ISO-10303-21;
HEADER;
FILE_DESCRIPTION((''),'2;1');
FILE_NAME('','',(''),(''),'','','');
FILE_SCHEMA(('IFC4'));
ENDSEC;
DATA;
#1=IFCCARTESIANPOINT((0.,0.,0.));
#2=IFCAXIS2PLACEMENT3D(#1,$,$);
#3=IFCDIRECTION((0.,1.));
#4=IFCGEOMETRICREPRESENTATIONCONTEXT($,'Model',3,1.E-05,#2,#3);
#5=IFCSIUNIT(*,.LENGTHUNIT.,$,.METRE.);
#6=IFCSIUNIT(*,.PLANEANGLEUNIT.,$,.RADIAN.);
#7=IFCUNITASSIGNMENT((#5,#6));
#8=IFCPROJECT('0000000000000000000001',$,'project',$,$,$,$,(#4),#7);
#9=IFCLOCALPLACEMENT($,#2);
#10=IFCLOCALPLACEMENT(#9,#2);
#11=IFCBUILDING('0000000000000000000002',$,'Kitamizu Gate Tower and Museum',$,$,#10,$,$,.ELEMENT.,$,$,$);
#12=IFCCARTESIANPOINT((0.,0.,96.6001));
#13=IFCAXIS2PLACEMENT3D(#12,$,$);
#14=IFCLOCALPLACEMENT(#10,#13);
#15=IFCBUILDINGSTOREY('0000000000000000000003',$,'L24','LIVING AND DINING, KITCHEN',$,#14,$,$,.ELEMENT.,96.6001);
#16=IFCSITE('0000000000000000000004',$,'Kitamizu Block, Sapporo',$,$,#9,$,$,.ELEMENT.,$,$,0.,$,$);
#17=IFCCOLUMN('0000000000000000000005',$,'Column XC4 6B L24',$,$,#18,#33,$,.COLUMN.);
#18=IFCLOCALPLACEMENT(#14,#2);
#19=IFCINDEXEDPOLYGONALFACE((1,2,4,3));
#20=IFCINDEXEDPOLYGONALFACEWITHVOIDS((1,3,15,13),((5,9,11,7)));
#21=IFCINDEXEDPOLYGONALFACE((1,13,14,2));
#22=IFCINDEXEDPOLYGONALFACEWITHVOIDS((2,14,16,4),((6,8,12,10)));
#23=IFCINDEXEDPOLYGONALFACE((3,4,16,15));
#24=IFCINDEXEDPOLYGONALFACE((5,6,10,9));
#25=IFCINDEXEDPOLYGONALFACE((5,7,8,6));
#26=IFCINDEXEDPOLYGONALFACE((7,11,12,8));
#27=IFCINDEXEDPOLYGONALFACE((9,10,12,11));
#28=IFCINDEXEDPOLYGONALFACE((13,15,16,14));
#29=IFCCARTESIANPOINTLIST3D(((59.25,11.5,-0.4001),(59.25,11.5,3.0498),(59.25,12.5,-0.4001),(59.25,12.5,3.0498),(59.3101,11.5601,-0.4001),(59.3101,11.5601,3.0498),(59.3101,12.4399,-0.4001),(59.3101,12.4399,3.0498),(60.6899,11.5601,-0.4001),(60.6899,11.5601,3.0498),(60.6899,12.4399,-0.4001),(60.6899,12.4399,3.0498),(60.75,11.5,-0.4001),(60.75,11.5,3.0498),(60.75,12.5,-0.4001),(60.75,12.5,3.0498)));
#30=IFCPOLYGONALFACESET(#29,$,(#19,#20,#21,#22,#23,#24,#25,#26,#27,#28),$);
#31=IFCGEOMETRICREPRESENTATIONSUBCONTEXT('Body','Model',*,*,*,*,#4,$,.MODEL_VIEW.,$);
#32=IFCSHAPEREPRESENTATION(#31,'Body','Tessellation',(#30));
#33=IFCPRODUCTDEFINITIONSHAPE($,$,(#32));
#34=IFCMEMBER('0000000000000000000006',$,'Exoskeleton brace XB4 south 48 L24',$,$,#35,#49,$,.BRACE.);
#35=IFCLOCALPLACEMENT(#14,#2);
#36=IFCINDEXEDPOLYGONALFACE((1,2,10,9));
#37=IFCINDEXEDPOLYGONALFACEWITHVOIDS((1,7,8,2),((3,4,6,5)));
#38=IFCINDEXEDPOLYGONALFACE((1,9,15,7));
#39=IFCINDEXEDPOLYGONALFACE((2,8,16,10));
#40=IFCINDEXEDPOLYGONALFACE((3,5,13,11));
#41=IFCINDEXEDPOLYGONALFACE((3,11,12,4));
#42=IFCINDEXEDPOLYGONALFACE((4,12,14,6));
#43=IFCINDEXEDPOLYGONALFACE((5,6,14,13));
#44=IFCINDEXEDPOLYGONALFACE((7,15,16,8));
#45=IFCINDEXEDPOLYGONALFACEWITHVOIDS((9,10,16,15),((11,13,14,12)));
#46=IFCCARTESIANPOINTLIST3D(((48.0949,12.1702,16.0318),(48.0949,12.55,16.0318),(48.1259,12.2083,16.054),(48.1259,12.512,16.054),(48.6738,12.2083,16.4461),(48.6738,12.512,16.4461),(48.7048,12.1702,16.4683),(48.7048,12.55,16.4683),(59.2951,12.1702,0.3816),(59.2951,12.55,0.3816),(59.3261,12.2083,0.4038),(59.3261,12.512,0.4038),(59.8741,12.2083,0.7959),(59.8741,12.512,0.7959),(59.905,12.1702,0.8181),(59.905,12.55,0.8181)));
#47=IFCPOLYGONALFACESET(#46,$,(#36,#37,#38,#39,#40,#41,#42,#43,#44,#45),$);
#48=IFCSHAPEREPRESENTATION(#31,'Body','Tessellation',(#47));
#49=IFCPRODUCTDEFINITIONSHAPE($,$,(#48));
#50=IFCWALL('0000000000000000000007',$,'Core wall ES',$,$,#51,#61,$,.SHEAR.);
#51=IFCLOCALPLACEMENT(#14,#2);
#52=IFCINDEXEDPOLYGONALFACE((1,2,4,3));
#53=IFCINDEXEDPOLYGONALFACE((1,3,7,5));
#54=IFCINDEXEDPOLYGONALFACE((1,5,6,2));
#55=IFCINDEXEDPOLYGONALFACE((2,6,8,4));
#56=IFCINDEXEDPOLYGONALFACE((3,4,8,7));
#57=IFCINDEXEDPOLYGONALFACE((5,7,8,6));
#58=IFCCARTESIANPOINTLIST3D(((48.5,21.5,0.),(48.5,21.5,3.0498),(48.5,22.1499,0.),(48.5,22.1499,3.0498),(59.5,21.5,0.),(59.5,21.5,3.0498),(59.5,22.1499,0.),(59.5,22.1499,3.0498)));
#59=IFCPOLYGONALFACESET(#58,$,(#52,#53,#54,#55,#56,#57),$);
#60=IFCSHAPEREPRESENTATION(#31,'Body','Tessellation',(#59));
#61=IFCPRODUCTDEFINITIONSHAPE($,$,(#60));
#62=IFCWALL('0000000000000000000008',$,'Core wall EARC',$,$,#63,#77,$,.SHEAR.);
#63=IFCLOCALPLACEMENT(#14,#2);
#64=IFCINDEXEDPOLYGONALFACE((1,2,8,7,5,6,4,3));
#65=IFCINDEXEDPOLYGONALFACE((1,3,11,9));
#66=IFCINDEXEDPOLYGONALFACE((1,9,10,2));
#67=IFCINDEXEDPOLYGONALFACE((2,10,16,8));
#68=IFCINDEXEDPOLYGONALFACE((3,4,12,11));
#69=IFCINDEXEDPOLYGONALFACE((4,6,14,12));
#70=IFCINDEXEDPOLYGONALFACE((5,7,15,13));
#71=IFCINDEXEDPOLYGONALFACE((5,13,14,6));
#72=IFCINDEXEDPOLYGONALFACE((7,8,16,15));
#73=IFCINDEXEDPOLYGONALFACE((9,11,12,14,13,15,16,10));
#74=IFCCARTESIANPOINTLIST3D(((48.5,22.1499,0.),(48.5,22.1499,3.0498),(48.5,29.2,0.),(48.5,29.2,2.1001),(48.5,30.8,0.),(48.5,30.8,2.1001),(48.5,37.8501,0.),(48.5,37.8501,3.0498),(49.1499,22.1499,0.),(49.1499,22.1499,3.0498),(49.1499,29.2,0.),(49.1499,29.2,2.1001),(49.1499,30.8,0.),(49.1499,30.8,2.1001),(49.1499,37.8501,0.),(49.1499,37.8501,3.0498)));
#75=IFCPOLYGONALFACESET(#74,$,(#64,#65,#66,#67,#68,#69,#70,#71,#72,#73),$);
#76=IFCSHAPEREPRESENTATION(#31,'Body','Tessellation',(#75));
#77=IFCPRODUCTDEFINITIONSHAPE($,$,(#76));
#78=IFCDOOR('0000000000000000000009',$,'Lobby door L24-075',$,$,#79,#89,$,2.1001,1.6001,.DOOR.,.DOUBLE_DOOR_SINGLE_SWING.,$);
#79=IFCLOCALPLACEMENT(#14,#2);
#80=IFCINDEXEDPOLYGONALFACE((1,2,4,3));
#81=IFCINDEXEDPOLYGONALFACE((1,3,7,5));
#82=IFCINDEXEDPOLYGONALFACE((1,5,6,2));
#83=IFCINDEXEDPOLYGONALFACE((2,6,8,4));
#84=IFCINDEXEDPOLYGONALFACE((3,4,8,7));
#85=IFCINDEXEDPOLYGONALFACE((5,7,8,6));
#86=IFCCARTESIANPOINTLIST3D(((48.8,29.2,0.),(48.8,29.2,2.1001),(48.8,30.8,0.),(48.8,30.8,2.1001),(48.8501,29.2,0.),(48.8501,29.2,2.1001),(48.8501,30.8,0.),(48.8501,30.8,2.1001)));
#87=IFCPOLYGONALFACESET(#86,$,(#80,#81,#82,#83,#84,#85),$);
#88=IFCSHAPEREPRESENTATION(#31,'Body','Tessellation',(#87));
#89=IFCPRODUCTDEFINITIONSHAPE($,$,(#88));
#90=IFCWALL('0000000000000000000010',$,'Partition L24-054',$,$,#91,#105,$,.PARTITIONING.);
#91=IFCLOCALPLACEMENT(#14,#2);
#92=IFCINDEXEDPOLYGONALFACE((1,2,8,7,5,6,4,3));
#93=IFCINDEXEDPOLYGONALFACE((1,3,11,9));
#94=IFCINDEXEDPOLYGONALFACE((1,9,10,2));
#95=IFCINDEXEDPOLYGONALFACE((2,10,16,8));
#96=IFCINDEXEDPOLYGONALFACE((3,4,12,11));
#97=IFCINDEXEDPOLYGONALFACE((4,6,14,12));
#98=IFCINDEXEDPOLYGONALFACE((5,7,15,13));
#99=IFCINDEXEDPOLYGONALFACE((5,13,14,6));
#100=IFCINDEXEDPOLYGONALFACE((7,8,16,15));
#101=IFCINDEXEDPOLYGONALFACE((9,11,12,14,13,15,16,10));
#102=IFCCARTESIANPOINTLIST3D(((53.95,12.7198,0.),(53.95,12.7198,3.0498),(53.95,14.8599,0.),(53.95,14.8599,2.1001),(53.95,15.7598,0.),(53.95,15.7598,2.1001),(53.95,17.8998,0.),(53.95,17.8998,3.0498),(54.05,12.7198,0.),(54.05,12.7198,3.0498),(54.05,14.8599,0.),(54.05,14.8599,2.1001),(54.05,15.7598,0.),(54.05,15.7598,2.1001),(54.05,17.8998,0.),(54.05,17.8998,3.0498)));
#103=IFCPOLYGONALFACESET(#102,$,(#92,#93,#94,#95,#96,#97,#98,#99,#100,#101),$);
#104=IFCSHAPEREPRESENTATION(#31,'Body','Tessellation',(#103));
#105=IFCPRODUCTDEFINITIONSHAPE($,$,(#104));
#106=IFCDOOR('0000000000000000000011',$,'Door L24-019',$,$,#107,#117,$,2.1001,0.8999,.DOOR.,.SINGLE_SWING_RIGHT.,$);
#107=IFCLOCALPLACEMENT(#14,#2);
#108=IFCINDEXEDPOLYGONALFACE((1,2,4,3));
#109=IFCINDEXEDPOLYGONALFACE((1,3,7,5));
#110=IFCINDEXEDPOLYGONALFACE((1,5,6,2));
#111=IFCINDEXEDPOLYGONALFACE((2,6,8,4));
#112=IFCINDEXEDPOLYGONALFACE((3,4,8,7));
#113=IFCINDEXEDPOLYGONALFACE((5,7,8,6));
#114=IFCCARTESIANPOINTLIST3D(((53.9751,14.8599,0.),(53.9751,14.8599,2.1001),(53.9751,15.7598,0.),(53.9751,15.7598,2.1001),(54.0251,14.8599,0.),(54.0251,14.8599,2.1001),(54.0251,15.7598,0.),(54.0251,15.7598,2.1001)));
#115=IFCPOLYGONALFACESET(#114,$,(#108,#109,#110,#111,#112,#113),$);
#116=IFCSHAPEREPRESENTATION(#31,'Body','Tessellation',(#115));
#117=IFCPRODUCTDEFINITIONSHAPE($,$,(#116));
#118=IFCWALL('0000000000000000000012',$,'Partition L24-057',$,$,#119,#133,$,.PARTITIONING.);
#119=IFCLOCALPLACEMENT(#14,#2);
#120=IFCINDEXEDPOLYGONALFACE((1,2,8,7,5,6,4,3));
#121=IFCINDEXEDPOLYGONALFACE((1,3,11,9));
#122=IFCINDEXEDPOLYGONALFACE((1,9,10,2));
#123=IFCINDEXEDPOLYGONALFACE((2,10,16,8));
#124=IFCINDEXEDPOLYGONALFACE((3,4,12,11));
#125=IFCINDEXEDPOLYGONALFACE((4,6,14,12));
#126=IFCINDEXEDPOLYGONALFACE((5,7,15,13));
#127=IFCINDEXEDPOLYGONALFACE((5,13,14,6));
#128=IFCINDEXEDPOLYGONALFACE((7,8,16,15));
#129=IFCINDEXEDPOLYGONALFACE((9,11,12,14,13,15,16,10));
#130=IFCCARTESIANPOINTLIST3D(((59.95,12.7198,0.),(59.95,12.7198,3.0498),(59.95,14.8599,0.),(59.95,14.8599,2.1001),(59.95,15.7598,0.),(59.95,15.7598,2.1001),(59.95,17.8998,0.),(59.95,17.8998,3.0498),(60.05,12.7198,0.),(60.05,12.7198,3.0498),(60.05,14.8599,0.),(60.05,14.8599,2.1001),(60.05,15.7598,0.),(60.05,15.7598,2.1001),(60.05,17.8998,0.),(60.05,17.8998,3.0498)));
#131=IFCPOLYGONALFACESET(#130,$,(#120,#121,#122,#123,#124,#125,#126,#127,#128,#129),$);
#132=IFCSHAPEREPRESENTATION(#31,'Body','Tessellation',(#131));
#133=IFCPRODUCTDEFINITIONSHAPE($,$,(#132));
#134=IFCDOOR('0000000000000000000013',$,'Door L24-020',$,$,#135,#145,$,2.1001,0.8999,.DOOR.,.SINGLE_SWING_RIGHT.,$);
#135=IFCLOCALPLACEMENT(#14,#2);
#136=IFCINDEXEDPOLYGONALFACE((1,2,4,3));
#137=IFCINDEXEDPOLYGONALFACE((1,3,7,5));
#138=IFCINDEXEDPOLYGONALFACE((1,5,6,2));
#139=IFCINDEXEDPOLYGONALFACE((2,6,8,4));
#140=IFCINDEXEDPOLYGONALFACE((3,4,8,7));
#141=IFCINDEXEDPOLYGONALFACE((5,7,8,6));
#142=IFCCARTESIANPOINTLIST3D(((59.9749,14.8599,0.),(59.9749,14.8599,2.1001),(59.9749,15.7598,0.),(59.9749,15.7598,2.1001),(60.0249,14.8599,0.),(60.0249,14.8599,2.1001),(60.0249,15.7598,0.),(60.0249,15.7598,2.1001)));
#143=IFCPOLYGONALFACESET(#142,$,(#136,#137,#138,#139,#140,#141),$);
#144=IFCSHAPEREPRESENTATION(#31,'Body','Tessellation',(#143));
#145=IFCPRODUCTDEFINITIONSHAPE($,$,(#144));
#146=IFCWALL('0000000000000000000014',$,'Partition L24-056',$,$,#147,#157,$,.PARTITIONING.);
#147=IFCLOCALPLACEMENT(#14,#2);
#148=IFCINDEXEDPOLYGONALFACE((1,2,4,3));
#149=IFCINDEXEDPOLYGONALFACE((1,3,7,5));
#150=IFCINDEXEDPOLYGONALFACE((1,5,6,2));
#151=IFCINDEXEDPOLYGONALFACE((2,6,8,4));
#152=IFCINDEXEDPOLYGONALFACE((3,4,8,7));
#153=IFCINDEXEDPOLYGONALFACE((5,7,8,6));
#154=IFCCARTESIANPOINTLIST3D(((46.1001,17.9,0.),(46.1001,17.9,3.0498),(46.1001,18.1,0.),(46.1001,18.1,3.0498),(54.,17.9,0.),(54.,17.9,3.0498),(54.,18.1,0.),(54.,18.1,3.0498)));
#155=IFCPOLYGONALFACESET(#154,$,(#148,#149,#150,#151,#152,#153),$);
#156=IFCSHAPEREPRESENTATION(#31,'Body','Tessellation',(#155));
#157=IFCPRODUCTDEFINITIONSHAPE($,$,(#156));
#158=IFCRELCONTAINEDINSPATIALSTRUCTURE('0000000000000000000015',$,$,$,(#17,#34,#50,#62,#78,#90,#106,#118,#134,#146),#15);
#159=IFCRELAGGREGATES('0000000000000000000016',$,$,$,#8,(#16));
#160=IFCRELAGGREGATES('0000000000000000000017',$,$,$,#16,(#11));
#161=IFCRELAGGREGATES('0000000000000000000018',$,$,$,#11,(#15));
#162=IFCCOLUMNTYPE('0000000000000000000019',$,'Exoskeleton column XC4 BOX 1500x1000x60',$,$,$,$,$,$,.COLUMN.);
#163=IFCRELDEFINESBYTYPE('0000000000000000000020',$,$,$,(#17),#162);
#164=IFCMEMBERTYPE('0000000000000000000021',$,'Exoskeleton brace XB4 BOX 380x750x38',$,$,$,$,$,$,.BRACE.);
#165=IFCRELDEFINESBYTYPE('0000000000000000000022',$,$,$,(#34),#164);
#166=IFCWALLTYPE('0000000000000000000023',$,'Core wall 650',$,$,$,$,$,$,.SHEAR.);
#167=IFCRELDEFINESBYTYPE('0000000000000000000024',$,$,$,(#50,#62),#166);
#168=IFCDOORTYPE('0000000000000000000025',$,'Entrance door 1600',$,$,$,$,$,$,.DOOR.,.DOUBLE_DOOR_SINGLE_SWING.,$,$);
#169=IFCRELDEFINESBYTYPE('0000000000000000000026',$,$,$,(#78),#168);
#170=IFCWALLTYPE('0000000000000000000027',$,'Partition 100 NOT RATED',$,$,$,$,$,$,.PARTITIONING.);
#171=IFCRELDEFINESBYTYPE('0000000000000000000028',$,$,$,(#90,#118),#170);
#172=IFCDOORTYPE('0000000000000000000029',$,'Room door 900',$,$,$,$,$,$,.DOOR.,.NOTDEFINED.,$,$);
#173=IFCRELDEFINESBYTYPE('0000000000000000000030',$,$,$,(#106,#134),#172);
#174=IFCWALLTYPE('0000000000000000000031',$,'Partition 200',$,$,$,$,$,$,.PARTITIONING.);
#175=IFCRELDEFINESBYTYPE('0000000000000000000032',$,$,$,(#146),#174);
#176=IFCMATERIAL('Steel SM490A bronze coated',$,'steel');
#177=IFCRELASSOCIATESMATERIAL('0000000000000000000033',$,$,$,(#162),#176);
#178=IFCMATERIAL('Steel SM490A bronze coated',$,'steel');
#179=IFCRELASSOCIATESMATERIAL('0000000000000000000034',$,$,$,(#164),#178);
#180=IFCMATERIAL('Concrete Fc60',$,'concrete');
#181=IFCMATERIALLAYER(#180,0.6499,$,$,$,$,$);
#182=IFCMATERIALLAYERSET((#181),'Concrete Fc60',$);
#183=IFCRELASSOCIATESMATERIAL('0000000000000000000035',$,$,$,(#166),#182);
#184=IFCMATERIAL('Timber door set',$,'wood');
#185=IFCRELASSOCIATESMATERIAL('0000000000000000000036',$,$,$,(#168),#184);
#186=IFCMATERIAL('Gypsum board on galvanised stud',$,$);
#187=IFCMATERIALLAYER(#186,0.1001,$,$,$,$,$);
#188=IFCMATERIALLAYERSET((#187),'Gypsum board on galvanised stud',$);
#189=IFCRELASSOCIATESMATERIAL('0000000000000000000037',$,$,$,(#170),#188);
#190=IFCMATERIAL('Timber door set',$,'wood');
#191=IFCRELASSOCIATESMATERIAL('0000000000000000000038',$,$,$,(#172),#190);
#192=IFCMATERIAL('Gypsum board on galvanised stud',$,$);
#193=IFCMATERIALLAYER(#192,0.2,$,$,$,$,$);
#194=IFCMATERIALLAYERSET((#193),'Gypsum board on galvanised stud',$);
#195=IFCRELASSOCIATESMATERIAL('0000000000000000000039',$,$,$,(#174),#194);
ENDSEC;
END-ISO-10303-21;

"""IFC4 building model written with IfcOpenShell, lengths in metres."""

from ifc_helpers import new_model, si_unit, direction, frame, frame_2d, origin, origin_2d, place, context, subcontext, project, spatial, rectangle, hollow_rectangle, extrude, material, layer, layer_set, material_profile, profile_set, type_object, element, fill, save


model = new_model("IFC4")

# Units and contexts
model_context = context("Model", 3, precision=1e-05, world=origin(), true_north=direction((0.0, 1.0)))
body_context = subcontext(model_context, "Body", "Model", "MODEL_VIEW")
ifc_project = project(units=[si_unit("LENGTHUNIT", "METRE"), si_unit("PLANEANGLEUNIT", "RADIAN")], contexts=[model_context])

# Site, building, storey
site_placement = place(None, origin())
site = spatial("IfcSite", under=ifc_project, at=site_placement, Name="Kitamizu Block, Sapporo", CompositionType="ELEMENT", RefElevation=0.0)
building_placement = place(site_placement, origin())
building = spatial("IfcBuilding", under=site, at=building_placement, Name="Kitamizu Gate Tower and Museum", CompositionType="ELEMENT")
storey_placement = place(building_placement, frame((0.0, 0.0, 96.6001)))
storey = spatial("IfcBuildingStorey", under=building, at=storey_placement, Name="L24", Description="LIVING AND DINING, KITCHEN", CompositionType="ELEMENT", Elevation=96.6001)

# Column
ifc_material_1 = material(Name="Steel SM490A bronze coated", Category="steel")
ifc_material_profile_1 = material_profile(ifc_material_1, hollow_rectangle(XDim=1.5, YDim=1.0, WallThickness=0.0601, at=origin_2d()), Name="BOX 1500x1000x60")
ifc_profile_set_1 = profile_set([ifc_material_profile_1], Name="Steel SM490A bronze coated")
column_type = type_object("IfcColumnType", Name="Exoskeleton column XC4 BOX 1500x1000x60", PredefinedType="COLUMN", material=ifc_profile_set_1)
column_placement = place(storey_placement, frame((60.0, 12.0, -0.4001), z_axis=(0.0, 0.0, 1.0), x_axis=(1.0, 0.0, 0.0)))
element("IfcColumn", 1, at=column_placement, inside=storey, type_object=column_type, Name="Column XC4 6B L24", PredefinedType="COLUMN", context=body_context, shape_type="SweptSolid", body=[
    extrude(hollow_rectangle(XDim=1.5, YDim=1.0, WallThickness=0.0601, at=origin_2d()), origin(), (0.0, 0.0, 1.0), 3.45),
])

# Member
ifc_material_2 = material(Name="Steel SM490A bronze coated", Category="steel")
ifc_material_profile_2 = material_profile(ifc_material_2, hollow_rectangle(XDim=0.3799, YDim=0.75, WallThickness=0.0381, at=origin_2d()), Name="BOX 380x750x38")
ifc_profile_set_2 = profile_set([ifc_material_profile_2], Name="Steel SM490A bronze coated")
member_type = type_object("IfcMemberType", Name="Exoskeleton brace XB4 BOX 380x750x38", PredefinedType="BRACE", material=ifc_profile_set_2)
member_placement = place(storey_placement, frame((59.6001, 12.3601, 0.5999), z_axis=(-0.581978, 0.0, 0.813204), x_axis=(0.0, -1.0, 0.0)))
element("IfcMember", 2, at=member_placement, inside=storey, type_object=member_type, Name="Exoskeleton brace XB4 south 48 L24", PredefinedType="BRACE", context=body_context, shape_type="SweptSolid", body=[
    extrude(hollow_rectangle(XDim=0.3799, YDim=0.75, WallThickness=0.0381, at=origin_2d()), origin(), (0.0, 0.0, 1.0), 19.2451),
])

# Wall
ifc_material_3 = material(Name="Concrete Fc60", Category="concrete")
ifc_layer_1 = layer(ifc_material_3, 0.6499)
ifc_layer_set_1 = layer_set([ifc_layer_1], Name="Concrete Fc60")
wall_type_1 = type_object("IfcWallType", Name="Core wall 650", PredefinedType="SHEAR", material=ifc_layer_set_1)
wall_1_placement = place(storey_placement, frame((59.5, 21.825, 0.0), z_axis=(0.0, 0.0, 1.0), x_axis=(-1.0, 0.0, 0.0)))
element("IfcWall", 3, at=wall_1_placement, inside=storey, type_object=wall_type_1, Name="Core wall ES", PredefinedType="SHEAR", context=body_context, shape_type="SweptSolid", body=[
    extrude(rectangle(XDim=11.0, YDim=0.6499, at=frame_2d((5.5, 0.0))), origin(), (0.0, 0.0, 1.0), 3.0498),
])

# Walls, openings, doors
wall_2_placement = place(storey_placement, frame((48.825, 22.1499, 0.0), z_axis=(0.0, 0.0, 1.0), x_axis=(0.0, 1.0, 0.0)))
wall_2 = element("IfcWall", 4, at=wall_2_placement, inside=storey, type_object=wall_type_1, Name="Core wall EARC", PredefinedType="SHEAR", context=body_context, shape_type="SweptSolid", body=[
    extrude(rectangle(XDim=15.7002, YDim=0.6499, at=frame_2d((7.8501, 0.0))), origin(), (0.0, 0.0, 1.0), 3.0498),
])
opening_1_placement = place(wall_2_placement, frame((7.05, 0.0, 0.0)))
opening_1 = element("IfcOpeningElement", 5, at=opening_1_placement, cuts=wall_2, PredefinedType="OPENING", context=body_context, shape_type="SweptSolid", body=[
    extrude(rectangle(XDim=1.6001, YDim=2.1001, at=frame_2d((0.8, 1.05))), frame((0.0, 0.335, 0.0), z_axis=(0.0, -1.0, 0.0), x_axis=(1.0, 0.0, 0.0)), (0.0, 0.0, 1.0), 0.6699),
])
ifc_material_4 = material(Name="Timber door set", Category="wood")
door_type_1 = type_object("IfcDoorType", Name="Entrance door 1600", OperationType="DOUBLE_DOOR_SINGLE_SWING", PredefinedType="DOOR", material=ifc_material_4)
door_1_placement = place(opening_1_placement, origin())
door_1 = element("IfcDoor", 6, at=door_1_placement, inside=storey, type_object=door_type_1, Name="Lobby door L24-075", OperationType="DOUBLE_DOOR_SINGLE_SWING", OverallHeight=2.1001, OverallWidth=1.6001, PredefinedType="DOOR", context=body_context, shape_type="SweptSolid", body=[
    extrude(rectangle(XDim=1.6001, YDim=2.1001, at=frame_2d((0.8, 1.05))), frame((0.0, 0.0249, 0.0), z_axis=(0.0, -1.0, 0.0), x_axis=(1.0, 0.0, 0.0)), (0.0, 0.0, 1.0), 0.05),
])
fill(opening_1, door_1)
ifc_material_5 = material(Name="Gypsum board on galvanised stud")
ifc_layer_2 = layer(ifc_material_5, 0.1001)
ifc_layer_set_2 = layer_set([ifc_layer_2], Name="Gypsum board on galvanised stud")
wall_type_2 = type_object("IfcWallType", Name="Partition 100 NOT RATED", PredefinedType="PARTITIONING", material=ifc_layer_set_2)
wall_3_placement = place(storey_placement, frame((54.0, 12.72, 0.0), z_axis=(0.0, 0.0, 1.0), x_axis=(0.0, 1.0, 0.0)))
wall_3 = element("IfcWall", 7, at=wall_3_placement, inside=storey, type_object=wall_type_2, Name="Partition L24-054", PredefinedType="PARTITIONING", context=body_context, shape_type="SweptSolid", body=[
    extrude(rectangle(XDim=5.1799, YDim=0.1001, at=frame_2d((2.5898, 0.0))), origin(), (0.0, 0.0, 1.0), 3.0498),
])
opening_2_placement = place(wall_3_placement, frame((2.1399, 0.0, 0.0)))
opening_2 = element("IfcOpeningElement", 8, at=opening_2_placement, cuts=wall_3, PredefinedType="OPENING", context=body_context, shape_type="SweptSolid", body=[
    extrude(rectangle(XDim=0.8999, YDim=2.1001, at=frame_2d((0.45, 1.05))), frame((0.0, 0.0601, 0.0), z_axis=(0.0, -1.0, 0.0), x_axis=(1.0, 0.0, 0.0)), (0.0, 0.0, 1.0), 0.1201),
])
ifc_material_6 = material(Name="Timber door set", Category="wood")
door_type_2 = type_object("IfcDoorType", Name="Room door 900", OperationType="NOTDEFINED", PredefinedType="DOOR", material=ifc_material_6)
door_2_placement = place(opening_2_placement, origin())
door_2 = element("IfcDoor", 9, at=door_2_placement, inside=storey, type_object=door_type_2, Name="Door L24-019", OperationType="SINGLE_SWING_RIGHT", OverallHeight=2.1001, OverallWidth=0.8999, PredefinedType="DOOR", context=body_context, shape_type="SweptSolid", body=[
    extrude(rectangle(XDim=0.8999, YDim=2.1001, at=frame_2d((0.45, 1.05))), frame((0.0, 0.0249, 0.0), z_axis=(0.0, -1.0, 0.0), x_axis=(1.0, 0.0, 0.0)), (0.0, 0.0, 1.0), 0.05),
])
fill(opening_2, door_2)
wall_4_placement = place(storey_placement, frame((60.0, 12.72, 0.0), z_axis=(0.0, 0.0, 1.0), x_axis=(0.0, 1.0, 0.0)))
wall_4 = element("IfcWall", 10, at=wall_4_placement, inside=storey, type_object=wall_type_2, Name="Partition L24-057", PredefinedType="PARTITIONING", context=body_context, shape_type="SweptSolid", body=[
    extrude(rectangle(XDim=5.1799, YDim=0.1001, at=frame_2d((2.5898, 0.0))), origin(), (0.0, 0.0, 1.0), 3.0498),
])
opening_3_placement = place(wall_4_placement, frame((2.1399, 0.0, 0.0)))
opening_3 = element("IfcOpeningElement", 11, at=opening_3_placement, cuts=wall_4, PredefinedType="OPENING", context=body_context, shape_type="SweptSolid", body=[
    extrude(rectangle(XDim=0.8999, YDim=2.1001, at=frame_2d((0.45, 1.05))), frame((0.0, 0.0601, 0.0), z_axis=(0.0, -1.0, 0.0), x_axis=(1.0, 0.0, 0.0)), (0.0, 0.0, 1.0), 0.1201),
])
door_3_placement = place(opening_3_placement, frame((0.8999, 0.0, 0.0), x_axis=(-1.0, 0.0, 0.0)))
door_3 = element("IfcDoor", 12, at=door_3_placement, inside=storey, type_object=door_type_2, Name="Door L24-020", OperationType="SINGLE_SWING_RIGHT", OverallHeight=2.1001, OverallWidth=0.8999, PredefinedType="DOOR", context=body_context, shape_type="SweptSolid", body=[
    extrude(rectangle(XDim=0.8999, YDim=2.1001, at=frame_2d((0.45, 1.05))), frame((0.0, 0.0249, 0.0), z_axis=(0.0, -1.0, 0.0), x_axis=(1.0, 0.0, 0.0)), (0.0, 0.0, 1.0), 0.05),
])
fill(opening_3, door_3)

# Wall
ifc_material_7 = material(Name="Gypsum board on galvanised stud")
ifc_layer_3 = layer(ifc_material_7, 0.2)
ifc_layer_set_3 = layer_set([ifc_layer_3], Name="Gypsum board on galvanised stud")
wall_type_3 = type_object("IfcWallType", Name="Partition 200", PredefinedType="PARTITIONING", material=ifc_layer_set_3)
wall_5_placement = place(storey_placement, frame((54.0, 18.0, 0.0), z_axis=(0.0, 0.0, 1.0), x_axis=(-1.0, 0.0, 0.0)))
element("IfcWall", 13, at=wall_5_placement, inside=storey, type_object=wall_type_3, Name="Partition L24-056", PredefinedType="PARTITIONING", context=body_context, shape_type="SweptSolid", body=[
    extrude(rectangle(XDim=7.8999, YDim=0.2, at=frame_2d((3.95, 0.0))), origin(), (0.0, 0.0, 1.0), 3.0498),
])

save(model, "model.ifc")
